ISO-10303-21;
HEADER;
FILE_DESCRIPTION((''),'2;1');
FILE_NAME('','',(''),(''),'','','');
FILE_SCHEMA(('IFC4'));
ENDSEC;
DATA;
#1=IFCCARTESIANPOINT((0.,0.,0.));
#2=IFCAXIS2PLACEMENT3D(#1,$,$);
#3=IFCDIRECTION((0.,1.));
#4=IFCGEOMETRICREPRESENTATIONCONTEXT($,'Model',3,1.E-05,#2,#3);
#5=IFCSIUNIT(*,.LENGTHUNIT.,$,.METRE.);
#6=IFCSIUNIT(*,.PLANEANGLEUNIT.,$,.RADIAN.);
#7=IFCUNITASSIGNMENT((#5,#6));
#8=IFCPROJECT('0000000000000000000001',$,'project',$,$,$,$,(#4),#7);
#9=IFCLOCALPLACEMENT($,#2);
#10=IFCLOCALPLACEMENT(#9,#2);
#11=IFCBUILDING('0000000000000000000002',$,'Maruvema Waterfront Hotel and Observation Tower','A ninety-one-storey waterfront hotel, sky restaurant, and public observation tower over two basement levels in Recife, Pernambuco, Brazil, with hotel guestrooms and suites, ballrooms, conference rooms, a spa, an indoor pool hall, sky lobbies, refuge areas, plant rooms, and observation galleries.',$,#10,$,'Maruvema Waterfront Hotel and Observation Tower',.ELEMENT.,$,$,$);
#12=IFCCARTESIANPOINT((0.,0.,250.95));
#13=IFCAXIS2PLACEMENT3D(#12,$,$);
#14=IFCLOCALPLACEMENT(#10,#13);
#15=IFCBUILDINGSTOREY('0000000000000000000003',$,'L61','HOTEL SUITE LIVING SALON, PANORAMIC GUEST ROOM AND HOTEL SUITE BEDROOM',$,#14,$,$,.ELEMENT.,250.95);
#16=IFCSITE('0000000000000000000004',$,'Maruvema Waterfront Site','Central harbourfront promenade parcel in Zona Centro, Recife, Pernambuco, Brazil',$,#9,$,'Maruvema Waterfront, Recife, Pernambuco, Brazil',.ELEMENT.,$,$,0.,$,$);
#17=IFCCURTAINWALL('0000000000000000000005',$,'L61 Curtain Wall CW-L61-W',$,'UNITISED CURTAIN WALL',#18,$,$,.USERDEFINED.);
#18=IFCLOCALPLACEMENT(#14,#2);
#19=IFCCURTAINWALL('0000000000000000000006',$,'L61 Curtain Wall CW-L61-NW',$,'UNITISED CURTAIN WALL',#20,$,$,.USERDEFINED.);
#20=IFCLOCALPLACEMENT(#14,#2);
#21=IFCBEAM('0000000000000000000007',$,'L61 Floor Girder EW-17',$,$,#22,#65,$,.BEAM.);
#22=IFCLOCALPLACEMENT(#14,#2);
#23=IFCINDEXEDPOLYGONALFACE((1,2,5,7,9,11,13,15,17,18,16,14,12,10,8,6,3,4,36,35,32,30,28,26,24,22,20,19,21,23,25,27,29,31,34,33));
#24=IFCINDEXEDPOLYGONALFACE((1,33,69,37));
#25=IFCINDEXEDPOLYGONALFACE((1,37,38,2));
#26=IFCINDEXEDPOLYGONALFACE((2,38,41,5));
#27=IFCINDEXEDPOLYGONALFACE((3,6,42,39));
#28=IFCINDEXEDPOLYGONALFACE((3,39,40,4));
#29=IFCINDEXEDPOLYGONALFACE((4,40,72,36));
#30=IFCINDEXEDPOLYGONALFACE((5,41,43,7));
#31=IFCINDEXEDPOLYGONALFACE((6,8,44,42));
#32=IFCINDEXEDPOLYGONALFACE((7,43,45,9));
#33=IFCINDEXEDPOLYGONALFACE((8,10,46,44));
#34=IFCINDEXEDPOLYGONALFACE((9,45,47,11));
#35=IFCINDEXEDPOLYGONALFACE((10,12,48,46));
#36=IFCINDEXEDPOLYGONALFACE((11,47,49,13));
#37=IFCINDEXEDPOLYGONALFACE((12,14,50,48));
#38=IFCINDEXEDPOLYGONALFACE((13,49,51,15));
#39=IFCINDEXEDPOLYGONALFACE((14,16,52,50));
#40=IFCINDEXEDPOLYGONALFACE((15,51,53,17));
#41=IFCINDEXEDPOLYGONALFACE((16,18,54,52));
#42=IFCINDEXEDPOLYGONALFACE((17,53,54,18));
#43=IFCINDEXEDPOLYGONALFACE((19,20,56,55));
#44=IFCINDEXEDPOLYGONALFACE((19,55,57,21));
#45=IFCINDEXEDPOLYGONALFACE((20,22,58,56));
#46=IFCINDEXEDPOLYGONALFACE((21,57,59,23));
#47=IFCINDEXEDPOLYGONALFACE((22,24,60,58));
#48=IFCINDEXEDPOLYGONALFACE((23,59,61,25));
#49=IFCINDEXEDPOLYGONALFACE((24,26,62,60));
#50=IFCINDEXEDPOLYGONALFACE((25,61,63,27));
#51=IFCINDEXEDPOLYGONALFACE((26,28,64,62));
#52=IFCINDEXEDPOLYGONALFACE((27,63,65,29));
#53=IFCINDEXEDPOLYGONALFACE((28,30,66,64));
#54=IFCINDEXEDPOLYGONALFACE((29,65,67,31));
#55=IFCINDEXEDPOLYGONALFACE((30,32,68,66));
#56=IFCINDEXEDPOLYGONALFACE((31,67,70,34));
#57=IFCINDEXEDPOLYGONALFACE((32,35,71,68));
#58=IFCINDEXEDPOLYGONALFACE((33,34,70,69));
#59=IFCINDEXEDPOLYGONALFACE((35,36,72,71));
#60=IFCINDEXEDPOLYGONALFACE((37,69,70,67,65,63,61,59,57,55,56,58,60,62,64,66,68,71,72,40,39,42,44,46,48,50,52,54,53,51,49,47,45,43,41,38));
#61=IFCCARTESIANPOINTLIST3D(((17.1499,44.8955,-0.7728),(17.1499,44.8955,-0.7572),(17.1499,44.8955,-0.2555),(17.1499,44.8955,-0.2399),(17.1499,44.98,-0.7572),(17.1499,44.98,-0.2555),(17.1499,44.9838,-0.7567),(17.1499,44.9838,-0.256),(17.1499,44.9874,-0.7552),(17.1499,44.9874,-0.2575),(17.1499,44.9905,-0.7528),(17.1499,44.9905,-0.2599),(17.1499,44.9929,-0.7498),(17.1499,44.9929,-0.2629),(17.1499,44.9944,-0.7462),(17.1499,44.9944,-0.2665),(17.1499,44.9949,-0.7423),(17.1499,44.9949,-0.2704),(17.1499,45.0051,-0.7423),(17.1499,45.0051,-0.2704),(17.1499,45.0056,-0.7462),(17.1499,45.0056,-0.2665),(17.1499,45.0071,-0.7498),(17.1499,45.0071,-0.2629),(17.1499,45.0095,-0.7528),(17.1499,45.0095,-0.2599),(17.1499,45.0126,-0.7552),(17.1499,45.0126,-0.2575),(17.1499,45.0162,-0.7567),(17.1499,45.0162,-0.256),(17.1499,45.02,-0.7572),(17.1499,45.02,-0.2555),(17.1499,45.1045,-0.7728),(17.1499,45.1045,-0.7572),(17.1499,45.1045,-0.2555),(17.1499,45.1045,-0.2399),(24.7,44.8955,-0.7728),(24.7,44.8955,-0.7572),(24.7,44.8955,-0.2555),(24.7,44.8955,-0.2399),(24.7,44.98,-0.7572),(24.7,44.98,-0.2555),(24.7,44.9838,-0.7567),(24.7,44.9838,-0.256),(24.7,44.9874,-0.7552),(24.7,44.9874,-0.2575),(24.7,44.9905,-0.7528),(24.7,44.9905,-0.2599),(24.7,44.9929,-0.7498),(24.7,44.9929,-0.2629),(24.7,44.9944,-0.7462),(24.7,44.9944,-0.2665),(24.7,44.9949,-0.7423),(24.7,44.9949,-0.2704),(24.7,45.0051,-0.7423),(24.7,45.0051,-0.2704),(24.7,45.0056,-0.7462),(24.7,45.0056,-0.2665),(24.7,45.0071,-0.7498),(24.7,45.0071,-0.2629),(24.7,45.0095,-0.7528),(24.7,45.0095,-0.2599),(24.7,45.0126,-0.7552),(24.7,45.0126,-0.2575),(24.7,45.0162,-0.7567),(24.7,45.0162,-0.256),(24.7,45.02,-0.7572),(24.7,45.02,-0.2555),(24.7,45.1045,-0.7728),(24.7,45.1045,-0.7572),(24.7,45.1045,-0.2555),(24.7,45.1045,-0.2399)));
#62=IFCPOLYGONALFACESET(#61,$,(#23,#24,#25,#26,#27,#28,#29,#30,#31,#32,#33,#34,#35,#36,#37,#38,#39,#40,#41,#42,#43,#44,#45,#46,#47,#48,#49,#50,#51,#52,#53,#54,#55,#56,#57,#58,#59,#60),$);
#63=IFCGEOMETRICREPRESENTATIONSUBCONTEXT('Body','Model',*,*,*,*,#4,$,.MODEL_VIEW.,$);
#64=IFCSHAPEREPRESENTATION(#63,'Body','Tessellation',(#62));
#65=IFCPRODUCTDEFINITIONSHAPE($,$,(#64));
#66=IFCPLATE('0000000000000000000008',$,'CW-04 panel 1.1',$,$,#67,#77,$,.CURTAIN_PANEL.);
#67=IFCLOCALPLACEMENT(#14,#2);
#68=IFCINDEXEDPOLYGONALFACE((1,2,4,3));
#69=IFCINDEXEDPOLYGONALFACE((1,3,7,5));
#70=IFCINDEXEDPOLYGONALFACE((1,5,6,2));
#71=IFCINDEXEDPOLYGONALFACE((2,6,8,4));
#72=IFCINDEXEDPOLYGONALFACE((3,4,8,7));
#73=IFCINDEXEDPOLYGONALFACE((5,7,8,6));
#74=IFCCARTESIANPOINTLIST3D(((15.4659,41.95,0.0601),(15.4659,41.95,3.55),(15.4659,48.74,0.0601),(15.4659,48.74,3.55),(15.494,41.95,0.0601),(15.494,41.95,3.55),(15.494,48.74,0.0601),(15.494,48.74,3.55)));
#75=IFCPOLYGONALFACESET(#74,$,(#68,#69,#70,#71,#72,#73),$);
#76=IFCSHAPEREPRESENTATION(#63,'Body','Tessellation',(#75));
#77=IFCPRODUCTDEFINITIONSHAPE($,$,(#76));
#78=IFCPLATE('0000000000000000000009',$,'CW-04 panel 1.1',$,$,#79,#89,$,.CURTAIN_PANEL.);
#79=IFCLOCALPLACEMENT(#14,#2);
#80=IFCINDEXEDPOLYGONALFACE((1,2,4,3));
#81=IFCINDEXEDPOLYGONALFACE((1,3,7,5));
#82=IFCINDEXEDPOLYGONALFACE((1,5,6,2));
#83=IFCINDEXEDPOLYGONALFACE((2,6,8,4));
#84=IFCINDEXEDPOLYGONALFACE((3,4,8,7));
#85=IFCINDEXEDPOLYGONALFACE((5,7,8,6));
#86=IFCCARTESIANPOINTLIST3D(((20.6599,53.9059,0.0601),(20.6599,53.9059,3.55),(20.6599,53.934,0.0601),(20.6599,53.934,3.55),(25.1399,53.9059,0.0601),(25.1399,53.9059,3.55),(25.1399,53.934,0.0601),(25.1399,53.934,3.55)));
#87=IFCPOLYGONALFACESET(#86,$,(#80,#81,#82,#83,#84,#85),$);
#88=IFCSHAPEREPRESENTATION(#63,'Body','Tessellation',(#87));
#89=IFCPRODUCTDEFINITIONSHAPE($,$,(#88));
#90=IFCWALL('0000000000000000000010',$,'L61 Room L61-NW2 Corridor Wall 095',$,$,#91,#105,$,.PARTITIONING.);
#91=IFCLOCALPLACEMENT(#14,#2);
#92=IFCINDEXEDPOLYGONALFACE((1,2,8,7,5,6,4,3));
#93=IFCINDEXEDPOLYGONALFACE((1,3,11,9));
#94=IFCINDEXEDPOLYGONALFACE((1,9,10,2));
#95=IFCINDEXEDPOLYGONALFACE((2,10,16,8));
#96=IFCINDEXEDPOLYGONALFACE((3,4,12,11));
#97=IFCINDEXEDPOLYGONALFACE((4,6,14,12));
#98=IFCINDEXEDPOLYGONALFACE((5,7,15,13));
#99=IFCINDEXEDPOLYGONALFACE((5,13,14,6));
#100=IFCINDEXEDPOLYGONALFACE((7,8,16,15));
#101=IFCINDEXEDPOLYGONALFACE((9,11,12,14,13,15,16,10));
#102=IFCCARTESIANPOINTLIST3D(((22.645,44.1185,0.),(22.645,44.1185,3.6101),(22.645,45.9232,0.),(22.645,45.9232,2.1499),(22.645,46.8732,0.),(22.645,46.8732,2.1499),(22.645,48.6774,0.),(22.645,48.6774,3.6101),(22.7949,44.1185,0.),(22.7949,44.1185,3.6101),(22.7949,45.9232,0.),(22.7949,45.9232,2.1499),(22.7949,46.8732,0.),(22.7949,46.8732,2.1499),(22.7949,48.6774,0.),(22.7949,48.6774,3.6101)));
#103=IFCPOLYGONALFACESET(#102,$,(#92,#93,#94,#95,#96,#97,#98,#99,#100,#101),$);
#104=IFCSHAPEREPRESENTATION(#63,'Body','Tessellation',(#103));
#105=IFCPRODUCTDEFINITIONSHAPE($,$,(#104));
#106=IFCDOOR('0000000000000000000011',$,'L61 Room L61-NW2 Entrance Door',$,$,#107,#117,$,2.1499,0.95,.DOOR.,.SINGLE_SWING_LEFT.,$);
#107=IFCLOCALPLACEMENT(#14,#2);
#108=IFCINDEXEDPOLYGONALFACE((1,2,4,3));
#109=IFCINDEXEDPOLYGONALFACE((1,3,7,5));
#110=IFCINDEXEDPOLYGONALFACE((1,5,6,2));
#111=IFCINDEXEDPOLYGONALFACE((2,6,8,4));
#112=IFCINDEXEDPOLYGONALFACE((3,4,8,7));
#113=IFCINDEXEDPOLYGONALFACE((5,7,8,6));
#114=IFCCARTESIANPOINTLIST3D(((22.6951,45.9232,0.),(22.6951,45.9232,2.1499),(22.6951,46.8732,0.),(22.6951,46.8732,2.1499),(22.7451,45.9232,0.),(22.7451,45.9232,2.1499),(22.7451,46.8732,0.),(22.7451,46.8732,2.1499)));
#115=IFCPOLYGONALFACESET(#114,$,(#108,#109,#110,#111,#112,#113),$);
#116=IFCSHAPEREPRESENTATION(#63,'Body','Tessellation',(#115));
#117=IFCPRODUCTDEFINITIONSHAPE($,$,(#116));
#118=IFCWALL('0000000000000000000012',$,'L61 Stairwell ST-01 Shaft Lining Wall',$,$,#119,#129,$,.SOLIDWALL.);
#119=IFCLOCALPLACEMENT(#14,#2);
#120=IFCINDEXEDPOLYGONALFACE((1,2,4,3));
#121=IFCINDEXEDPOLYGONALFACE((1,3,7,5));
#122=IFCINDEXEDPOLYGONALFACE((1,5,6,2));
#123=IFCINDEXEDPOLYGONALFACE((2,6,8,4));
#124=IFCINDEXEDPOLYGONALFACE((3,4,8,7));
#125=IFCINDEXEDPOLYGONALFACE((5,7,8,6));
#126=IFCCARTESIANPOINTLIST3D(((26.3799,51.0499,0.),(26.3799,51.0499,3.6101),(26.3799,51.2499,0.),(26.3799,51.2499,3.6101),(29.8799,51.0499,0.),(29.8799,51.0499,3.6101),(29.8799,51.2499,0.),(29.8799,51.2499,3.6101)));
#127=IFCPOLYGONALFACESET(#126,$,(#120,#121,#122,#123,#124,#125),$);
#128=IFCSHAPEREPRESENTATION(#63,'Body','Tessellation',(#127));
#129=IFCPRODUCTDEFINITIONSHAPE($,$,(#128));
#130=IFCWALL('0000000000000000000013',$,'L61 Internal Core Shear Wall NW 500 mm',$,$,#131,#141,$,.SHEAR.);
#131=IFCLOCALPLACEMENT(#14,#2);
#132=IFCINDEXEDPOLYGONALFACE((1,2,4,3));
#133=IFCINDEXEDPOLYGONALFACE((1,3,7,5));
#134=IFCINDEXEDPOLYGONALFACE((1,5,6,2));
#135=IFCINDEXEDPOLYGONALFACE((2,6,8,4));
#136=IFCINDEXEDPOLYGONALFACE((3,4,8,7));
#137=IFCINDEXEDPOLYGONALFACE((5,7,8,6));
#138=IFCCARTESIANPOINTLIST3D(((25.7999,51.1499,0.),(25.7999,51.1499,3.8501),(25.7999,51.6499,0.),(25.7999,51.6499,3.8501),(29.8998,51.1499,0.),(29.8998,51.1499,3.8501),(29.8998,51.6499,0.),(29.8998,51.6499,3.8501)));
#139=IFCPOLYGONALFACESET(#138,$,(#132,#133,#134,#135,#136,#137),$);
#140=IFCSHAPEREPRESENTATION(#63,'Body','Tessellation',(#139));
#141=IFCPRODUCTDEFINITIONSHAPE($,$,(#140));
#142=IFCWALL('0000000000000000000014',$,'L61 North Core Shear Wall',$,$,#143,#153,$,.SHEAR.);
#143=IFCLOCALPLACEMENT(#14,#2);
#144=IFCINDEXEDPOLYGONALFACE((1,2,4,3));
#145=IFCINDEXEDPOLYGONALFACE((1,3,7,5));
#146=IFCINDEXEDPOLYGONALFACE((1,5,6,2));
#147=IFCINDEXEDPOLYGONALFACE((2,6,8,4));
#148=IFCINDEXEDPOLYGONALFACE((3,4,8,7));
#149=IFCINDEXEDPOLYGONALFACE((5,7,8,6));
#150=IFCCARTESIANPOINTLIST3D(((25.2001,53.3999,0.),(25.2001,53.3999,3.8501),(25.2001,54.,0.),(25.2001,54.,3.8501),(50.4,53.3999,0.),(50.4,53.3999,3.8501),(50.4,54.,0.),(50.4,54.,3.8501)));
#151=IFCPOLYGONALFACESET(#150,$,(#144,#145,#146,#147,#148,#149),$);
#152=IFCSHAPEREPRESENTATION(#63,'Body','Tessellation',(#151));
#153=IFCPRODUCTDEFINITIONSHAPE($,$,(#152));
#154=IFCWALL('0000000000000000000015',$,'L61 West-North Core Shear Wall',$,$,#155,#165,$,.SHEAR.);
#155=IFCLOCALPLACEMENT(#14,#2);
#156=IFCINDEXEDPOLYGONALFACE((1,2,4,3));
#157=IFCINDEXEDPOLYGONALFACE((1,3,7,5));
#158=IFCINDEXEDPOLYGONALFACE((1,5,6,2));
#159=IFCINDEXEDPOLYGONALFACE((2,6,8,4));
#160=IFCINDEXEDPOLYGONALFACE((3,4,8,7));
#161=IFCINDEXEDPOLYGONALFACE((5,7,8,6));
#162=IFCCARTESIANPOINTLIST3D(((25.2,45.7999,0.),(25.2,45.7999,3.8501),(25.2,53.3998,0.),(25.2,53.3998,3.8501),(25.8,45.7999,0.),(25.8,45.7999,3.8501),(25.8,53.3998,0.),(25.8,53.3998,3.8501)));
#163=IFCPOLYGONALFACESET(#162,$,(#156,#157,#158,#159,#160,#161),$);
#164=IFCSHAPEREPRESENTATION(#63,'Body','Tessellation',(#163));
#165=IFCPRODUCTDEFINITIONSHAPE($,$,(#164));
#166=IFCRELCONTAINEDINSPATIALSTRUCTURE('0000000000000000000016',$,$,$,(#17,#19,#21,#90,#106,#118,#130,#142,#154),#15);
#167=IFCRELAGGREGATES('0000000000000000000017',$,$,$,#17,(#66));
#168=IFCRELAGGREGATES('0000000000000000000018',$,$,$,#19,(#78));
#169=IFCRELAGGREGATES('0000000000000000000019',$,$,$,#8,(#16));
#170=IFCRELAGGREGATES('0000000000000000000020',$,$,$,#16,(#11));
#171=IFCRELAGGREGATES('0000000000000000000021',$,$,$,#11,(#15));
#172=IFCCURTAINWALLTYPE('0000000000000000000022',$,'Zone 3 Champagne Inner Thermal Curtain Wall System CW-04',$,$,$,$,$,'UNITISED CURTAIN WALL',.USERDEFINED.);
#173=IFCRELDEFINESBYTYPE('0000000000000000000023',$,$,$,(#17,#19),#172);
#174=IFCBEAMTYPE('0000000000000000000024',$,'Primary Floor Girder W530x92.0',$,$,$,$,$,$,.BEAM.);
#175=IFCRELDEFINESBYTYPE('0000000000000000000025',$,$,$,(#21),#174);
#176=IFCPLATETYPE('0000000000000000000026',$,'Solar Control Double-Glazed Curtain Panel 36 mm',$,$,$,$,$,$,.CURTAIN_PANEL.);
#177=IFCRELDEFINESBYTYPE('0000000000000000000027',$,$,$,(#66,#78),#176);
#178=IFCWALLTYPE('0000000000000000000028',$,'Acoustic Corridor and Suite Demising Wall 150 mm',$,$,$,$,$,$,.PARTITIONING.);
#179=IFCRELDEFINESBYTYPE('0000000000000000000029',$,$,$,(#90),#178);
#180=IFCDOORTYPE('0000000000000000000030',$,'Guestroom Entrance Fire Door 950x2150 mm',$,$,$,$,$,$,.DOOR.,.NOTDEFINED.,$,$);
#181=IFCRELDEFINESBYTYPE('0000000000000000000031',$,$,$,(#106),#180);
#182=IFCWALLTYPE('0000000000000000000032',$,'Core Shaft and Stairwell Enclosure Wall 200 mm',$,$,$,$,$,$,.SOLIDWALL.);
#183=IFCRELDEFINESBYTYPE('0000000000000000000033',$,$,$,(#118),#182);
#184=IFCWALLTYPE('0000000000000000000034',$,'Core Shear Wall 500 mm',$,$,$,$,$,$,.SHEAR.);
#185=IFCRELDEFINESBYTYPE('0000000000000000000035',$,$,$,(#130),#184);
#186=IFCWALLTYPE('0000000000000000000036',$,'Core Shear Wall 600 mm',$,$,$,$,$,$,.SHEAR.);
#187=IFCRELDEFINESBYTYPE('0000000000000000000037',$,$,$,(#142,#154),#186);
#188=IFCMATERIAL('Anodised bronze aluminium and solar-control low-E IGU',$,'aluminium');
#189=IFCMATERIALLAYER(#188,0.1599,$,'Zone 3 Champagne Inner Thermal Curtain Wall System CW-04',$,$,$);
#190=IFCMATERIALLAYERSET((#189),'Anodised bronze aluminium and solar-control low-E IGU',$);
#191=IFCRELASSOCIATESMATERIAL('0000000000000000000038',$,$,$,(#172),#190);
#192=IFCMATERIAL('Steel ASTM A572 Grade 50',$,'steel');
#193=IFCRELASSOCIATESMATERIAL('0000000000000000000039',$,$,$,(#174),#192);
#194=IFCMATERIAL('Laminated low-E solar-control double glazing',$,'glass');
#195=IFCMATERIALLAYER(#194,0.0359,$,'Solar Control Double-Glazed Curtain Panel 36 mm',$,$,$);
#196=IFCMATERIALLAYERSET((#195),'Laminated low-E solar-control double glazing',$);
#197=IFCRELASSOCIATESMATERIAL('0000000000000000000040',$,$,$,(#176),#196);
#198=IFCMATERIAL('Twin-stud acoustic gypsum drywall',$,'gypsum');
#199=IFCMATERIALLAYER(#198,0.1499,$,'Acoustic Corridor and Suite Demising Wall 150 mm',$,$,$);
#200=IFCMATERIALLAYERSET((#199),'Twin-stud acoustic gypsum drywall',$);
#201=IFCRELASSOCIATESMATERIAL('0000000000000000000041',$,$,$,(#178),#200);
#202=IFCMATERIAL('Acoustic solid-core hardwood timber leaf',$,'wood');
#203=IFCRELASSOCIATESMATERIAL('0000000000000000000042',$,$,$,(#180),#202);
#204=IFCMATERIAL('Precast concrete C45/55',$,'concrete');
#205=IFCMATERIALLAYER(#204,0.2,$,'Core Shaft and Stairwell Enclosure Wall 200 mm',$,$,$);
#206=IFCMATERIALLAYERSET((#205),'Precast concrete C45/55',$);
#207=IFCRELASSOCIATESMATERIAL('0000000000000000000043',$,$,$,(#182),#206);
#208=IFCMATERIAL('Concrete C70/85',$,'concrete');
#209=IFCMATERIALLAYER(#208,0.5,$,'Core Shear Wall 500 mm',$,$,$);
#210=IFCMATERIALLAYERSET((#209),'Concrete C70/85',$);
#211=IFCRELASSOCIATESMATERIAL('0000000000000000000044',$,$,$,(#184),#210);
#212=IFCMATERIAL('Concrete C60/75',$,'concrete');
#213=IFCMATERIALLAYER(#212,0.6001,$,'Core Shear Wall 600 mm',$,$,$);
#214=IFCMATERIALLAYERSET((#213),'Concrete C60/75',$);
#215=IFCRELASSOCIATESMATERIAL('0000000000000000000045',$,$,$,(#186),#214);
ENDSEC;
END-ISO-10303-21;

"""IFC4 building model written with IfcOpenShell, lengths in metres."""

from ifc_helpers import new_model, si_unit, direction, frame, frame_2d, origin, origin_2d, place, context, subcontext, project, spatial, rectangle, i_section, extrude, material, layer, layer_set, material_profile, profile_set, type_object, element, fill, aggregate, save


model = new_model("IFC4")

# Units and contexts
model_context = context("Model", 3, precision=1e-05, world=origin(), true_north=direction((0.0, 1.0)))
body_context = subcontext(model_context, "Body", "Model", "MODEL_VIEW")
ifc_project = project(units=[si_unit("LENGTHUNIT", "METRE"), si_unit("PLANEANGLEUNIT", "RADIAN")], contexts=[model_context])

# Site, building, storey
site_placement = place(None, origin())
site = spatial("IfcSite", under=ifc_project, at=site_placement, Name="Maruvema Waterfront Site", Description="Central harbourfront promenade parcel in Zona Centro, Recife, Pernambuco, Brazil", LongName="Maruvema Waterfront, Recife, Pernambuco, Brazil", CompositionType="ELEMENT", RefElevation=0.0)
building_placement = place(site_placement, origin())
building = spatial("IfcBuilding", under=site, at=building_placement, Name="Maruvema Waterfront Hotel and Observation Tower", Description="A ninety-one-storey waterfront hotel, sky restaurant, and public observation tower over two basement levels in Recife, Pernambuco, Brazil, with hotel guestrooms and suites, ballrooms, conference rooms, a spa, an indoor pool hall, sky lobbies, refuge areas, plant rooms, and observation galleries.", LongName="Maruvema Waterfront Hotel and Observation Tower", CompositionType="ELEMENT")
storey_placement = place(building_placement, frame((0.0, 0.0, 250.95)))
storey = spatial("IfcBuildingStorey", under=building, at=storey_placement, Name="L61", Description="HOTEL SUITE LIVING SALON, PANORAMIC GUEST ROOM AND HOTEL SUITE BEDROOM", CompositionType="ELEMENT", Elevation=250.95)

# Curtain walls
ifc_material_1 = material(Name="Anodised bronze aluminium and solar-control low-E IGU", Category="aluminium")
ifc_layer_1 = layer(ifc_material_1, 0.1599, Name="Zone 3 Champagne Inner Thermal Curtain Wall System CW-04")
ifc_layer_set_1 = layer_set([ifc_layer_1], Name="Anodised bronze aluminium and solar-control low-E IGU")
curtain_wall_type = type_object("IfcCurtainWallType", Name="Zone 3 Champagne Inner Thermal Curtain Wall System CW-04", ElementType="UNITISED CURTAIN WALL", PredefinedType="USERDEFINED", material=ifc_layer_set_1)
curtain_wall_1_placement = place(storey_placement, origin())
curtain_wall_1 = element("IfcCurtainWall", 1, at=curtain_wall_1_placement, inside=storey, type_object=curtain_wall_type, Name="L61 Curtain Wall CW-L61-W", ObjectType="UNITISED CURTAIN WALL", PredefinedType="USERDEFINED")
curtain_wall_2_placement = place(storey_placement, origin())
curtain_wall_2 = element("IfcCurtainWall", 2, at=curtain_wall_2_placement, inside=storey, type_object=curtain_wall_type, Name="L61 Curtain Wall CW-L61-NW", ObjectType="UNITISED CURTAIN WALL", PredefinedType="USERDEFINED")

# Beam
ifc_material_2 = material(Name="Steel ASTM A572 Grade 50", Category="steel")
ifc_material_profile_1 = material_profile(ifc_material_2, i_section(OverallWidth=0.209, OverallDepth=0.533, WebThickness=0.0103, FlangeThickness=0.0156, FilletRadius=0.0149, at=origin_2d()), Name="W530x92.0")
ifc_profile_set_1 = profile_set([ifc_material_profile_1], Name="Steel ASTM A572 Grade 50")
beam_type = type_object("IfcBeamType", Name="Primary Floor Girder W530x92.0", PredefinedType="BEAM", material=ifc_profile_set_1)
beam_placement = place(storey_placement, frame((17.1499, 45.0, -0.5063), z_axis=(1.0, 0.0, 0.0), x_axis=(0.0, 1.0, 0.0)))
element("IfcBeam", 3, at=beam_placement, inside=storey, type_object=beam_type, Name="L61 Floor Girder EW-17", PredefinedType="BEAM", context=body_context, shape_type="SweptSolid", body=[
    extrude(i_section(OverallWidth=0.209, OverallDepth=0.533, WebThickness=0.0103, FlangeThickness=0.0156, FilletRadius=0.0149, at=origin_2d()), origin(), (0.0, 0.0, 1.0), 7.55),
])

# Plates
ifc_material_3 = material(Name="Laminated low-E solar-control double glazing", Category="glass")
ifc_layer_2 = layer(ifc_material_3, 0.0359, Name="Solar Control Double-Glazed Curtain Panel 36 mm")
ifc_layer_set_2 = layer_set([ifc_layer_2], Name="Laminated low-E solar-control double glazing")
plate_type = type_object("IfcPlateType", Name="Solar Control Double-Glazed Curtain Panel 36 mm", PredefinedType="CURTAIN_PANEL", material=ifc_layer_set_2)
plate_1_placement = place(storey_placement, frame((15.48, 45.345, 0.0601), z_axis=(0.0, 0.0, 1.0), x_axis=(0.0, -1.0, 0.0)))
plate_1 = element("IfcPlate", 4, at=plate_1_placement, type_object=plate_type, Name="CW-04 panel 1.1", PredefinedType="CURTAIN_PANEL", context=body_context, shape_type="SweptSolid", body=[
    extrude(rectangle(XDim=6.79, YDim=0.0281, at=origin_2d()), origin(), (0.0, 0.0, 1.0), 3.49),
])
aggregate(curtain_wall_1, [plate_1])
plate_2_placement = place(storey_placement, frame((22.8999, 53.9199, 0.0601), z_axis=(0.0, 0.0, 1.0), x_axis=(-1.0, 0.0, 0.0)))
plate_2 = element("IfcPlate", 5, at=plate_2_placement, type_object=plate_type, Name="CW-04 panel 1.1", PredefinedType="CURTAIN_PANEL", context=body_context, shape_type="SweptSolid", body=[
    extrude(rectangle(XDim=4.48, YDim=0.0281, at=origin_2d()), origin(), (0.0, 0.0, 1.0), 3.49),
])
aggregate(curtain_wall_2, [plate_2])

# Wall, opening, door
ifc_material_4 = material(Name="Twin-stud acoustic gypsum drywall", Category="gypsum")
ifc_layer_3 = layer(ifc_material_4, 0.1499, Name="Acoustic Corridor and Suite Demising Wall 150 mm")
ifc_layer_set_3 = layer_set([ifc_layer_3], Name="Twin-stud acoustic gypsum drywall")
wall_type_1 = type_object("IfcWallType", Name="Acoustic Corridor and Suite Demising Wall 150 mm", PredefinedType="PARTITIONING", material=ifc_layer_set_3)
wall_1_placement = place(storey_placement, frame((22.72, 44.1187, 0.0), z_axis=(0.0, 0.0, 1.0), x_axis=(0.0, 1.0, 0.0)))
wall_1 = element("IfcWall", 6, at=wall_1_placement, inside=storey, type_object=wall_type_1, Name="L61 Room L61-NW2 Corridor Wall 095", PredefinedType="PARTITIONING", context=body_context, shape_type="SweptSolid", body=[
    extrude(rectangle(XDim=4.5588, YDim=0.1499, at=frame_2d((2.2793, 0.0))), origin(), (0.0, 0.0, 1.0), 3.6101),
])
opening_1_placement = place(wall_1_placement, frame((1.8044, 0.0, 0.0)))
opening_1 = element("IfcOpeningElement", 7, at=opening_1_placement, cuts=wall_1, PredefinedType="OPENING", context=body_context, shape_type="SweptSolid", body=[
    extrude(rectangle(XDim=0.95, YDim=2.1499, at=frame_2d((0.4751, 1.075))), frame((0.0, 0.085, 0.0), z_axis=(0.0, -1.0, 0.0), x_axis=(1.0, 0.0, 0.0)), (0.0, 0.0, 1.0), 0.1699),
])
ifc_material_5 = material(Name="Acoustic solid-core hardwood timber leaf", Category="wood")
door_type_1 = type_object("IfcDoorType", Name="Guestroom Entrance Fire Door 950x2150 mm", OperationType="NOTDEFINED", PredefinedType="DOOR", material=ifc_material_5)
door_1_placement = place(opening_1_placement, origin())
door_1 = element("IfcDoor", 8, at=door_1_placement, inside=storey, type_object=door_type_1, Name="L61 Room L61-NW2 Entrance Door", OperationType="SINGLE_SWING_LEFT", OverallHeight=2.1499, OverallWidth=0.95, PredefinedType="DOOR", context=body_context, shape_type="SweptSolid", body=[
    extrude(rectangle(XDim=0.95, YDim=2.1499, at=frame_2d((0.4751, 1.075))), frame((0.0, 0.0249, 0.0), z_axis=(0.0, -1.0, 0.0), x_axis=(1.0, 0.0, 0.0)), (0.0, 0.0, 1.0), 0.05),
])
fill(opening_1, door_1)

# Walls
ifc_material_6 = material(Name="Precast concrete C45/55", Category="concrete")
ifc_layer_4 = layer(ifc_material_6, 0.2, Name="Core Shaft and Stairwell Enclosure Wall 200 mm")
ifc_layer_set_4 = layer_set([ifc_layer_4], Name="Precast concrete C45/55")
wall_type_2 = type_object("IfcWallType", Name="Core Shaft and Stairwell Enclosure Wall 200 mm", PredefinedType="SOLIDWALL", material=ifc_layer_set_4)
wall_2_placement = place(storey_placement, frame((26.3799, 51.1499, 0.0), z_axis=(0.0, 0.0, 1.0), x_axis=(1.0, 0.0, 0.0)))
element("IfcWall", 9, at=wall_2_placement, inside=storey, type_object=wall_type_2, Name="L61 Stairwell ST-01 Shaft Lining Wall", PredefinedType="SOLIDWALL", context=body_context, shape_type="SweptSolid", body=[
    extrude(rectangle(XDim=3.5, YDim=0.2, at=frame_2d((1.75, 0.0))), origin(), (0.0, 0.0, 1.0), 3.6101),
])
ifc_material_7 = material(Name="Concrete C70/85", Category="concrete")
ifc_layer_5 = layer(ifc_material_7, 0.5, Name="Core Shear Wall 500 mm")
ifc_layer_set_5 = layer_set([ifc_layer_5], Name="Concrete C70/85")
wall_type_3 = type_object("IfcWallType", Name="Core Shear Wall 500 mm", PredefinedType="SHEAR", material=ifc_layer_set_5)
wall_3_placement = place(storey_placement, frame((25.8, 51.3999, 0.0), z_axis=(0.0, 0.0, 1.0), x_axis=(1.0, 0.0, 0.0)))
element("IfcWall", 10, at=wall_3_placement, inside=storey, type_object=wall_type_3, Name="L61 Internal Core Shear Wall NW 500 mm", PredefinedType="SHEAR", context=body_context, shape_type="SweptSolid", body=[
    extrude(rectangle(XDim=4.0999, YDim=0.5, at=frame_2d((2.0498, 0.0))), origin(), (0.0, 0.0, 1.0), 3.8501),
])
ifc_material_8 = material(Name="Concrete C60/75", Category="concrete")
ifc_layer_6 = layer(ifc_material_8, 0.6001, Name="Core Shear Wall 600 mm")
ifc_layer_set_6 = layer_set([ifc_layer_6], Name="Concrete C60/75")
wall_type_4 = type_object("IfcWallType", Name="Core Shear Wall 600 mm", PredefinedType="SHEAR", material=ifc_layer_set_6)
wall_4_placement = place(storey_placement, frame((25.2, 53.7, 0.0), z_axis=(0.0, 0.0, 1.0), x_axis=(1.0, 0.0, 0.0)))
element("IfcWall", 11, at=wall_4_placement, inside=storey, type_object=wall_type_4, Name="L61 North Core Shear Wall", PredefinedType="SHEAR", context=body_context, shape_type="SweptSolid", body=[
    extrude(rectangle(XDim=25.2, YDim=0.6001, at=frame_2d((12.6001, 0.0))), origin(), (0.0, 0.0, 1.0), 3.8501),
])
wall_5_placement = place(storey_placement, frame((25.5, 45.8, 0.0), z_axis=(0.0, 0.0, 1.0), x_axis=(0.0, 1.0, 0.0)))
element("IfcWall", 12, at=wall_5_placement, inside=storey, type_object=wall_type_4, Name="L61 West-North Core Shear Wall", PredefinedType="SHEAR", context=body_context, shape_type="SweptSolid", body=[
    extrude(rectangle(XDim=7.5999, YDim=0.6001, at=frame_2d((3.7998, 0.0))), origin(), (0.0, 0.0, 1.0), 3.8501),
])

save(model, "model.ifc")
